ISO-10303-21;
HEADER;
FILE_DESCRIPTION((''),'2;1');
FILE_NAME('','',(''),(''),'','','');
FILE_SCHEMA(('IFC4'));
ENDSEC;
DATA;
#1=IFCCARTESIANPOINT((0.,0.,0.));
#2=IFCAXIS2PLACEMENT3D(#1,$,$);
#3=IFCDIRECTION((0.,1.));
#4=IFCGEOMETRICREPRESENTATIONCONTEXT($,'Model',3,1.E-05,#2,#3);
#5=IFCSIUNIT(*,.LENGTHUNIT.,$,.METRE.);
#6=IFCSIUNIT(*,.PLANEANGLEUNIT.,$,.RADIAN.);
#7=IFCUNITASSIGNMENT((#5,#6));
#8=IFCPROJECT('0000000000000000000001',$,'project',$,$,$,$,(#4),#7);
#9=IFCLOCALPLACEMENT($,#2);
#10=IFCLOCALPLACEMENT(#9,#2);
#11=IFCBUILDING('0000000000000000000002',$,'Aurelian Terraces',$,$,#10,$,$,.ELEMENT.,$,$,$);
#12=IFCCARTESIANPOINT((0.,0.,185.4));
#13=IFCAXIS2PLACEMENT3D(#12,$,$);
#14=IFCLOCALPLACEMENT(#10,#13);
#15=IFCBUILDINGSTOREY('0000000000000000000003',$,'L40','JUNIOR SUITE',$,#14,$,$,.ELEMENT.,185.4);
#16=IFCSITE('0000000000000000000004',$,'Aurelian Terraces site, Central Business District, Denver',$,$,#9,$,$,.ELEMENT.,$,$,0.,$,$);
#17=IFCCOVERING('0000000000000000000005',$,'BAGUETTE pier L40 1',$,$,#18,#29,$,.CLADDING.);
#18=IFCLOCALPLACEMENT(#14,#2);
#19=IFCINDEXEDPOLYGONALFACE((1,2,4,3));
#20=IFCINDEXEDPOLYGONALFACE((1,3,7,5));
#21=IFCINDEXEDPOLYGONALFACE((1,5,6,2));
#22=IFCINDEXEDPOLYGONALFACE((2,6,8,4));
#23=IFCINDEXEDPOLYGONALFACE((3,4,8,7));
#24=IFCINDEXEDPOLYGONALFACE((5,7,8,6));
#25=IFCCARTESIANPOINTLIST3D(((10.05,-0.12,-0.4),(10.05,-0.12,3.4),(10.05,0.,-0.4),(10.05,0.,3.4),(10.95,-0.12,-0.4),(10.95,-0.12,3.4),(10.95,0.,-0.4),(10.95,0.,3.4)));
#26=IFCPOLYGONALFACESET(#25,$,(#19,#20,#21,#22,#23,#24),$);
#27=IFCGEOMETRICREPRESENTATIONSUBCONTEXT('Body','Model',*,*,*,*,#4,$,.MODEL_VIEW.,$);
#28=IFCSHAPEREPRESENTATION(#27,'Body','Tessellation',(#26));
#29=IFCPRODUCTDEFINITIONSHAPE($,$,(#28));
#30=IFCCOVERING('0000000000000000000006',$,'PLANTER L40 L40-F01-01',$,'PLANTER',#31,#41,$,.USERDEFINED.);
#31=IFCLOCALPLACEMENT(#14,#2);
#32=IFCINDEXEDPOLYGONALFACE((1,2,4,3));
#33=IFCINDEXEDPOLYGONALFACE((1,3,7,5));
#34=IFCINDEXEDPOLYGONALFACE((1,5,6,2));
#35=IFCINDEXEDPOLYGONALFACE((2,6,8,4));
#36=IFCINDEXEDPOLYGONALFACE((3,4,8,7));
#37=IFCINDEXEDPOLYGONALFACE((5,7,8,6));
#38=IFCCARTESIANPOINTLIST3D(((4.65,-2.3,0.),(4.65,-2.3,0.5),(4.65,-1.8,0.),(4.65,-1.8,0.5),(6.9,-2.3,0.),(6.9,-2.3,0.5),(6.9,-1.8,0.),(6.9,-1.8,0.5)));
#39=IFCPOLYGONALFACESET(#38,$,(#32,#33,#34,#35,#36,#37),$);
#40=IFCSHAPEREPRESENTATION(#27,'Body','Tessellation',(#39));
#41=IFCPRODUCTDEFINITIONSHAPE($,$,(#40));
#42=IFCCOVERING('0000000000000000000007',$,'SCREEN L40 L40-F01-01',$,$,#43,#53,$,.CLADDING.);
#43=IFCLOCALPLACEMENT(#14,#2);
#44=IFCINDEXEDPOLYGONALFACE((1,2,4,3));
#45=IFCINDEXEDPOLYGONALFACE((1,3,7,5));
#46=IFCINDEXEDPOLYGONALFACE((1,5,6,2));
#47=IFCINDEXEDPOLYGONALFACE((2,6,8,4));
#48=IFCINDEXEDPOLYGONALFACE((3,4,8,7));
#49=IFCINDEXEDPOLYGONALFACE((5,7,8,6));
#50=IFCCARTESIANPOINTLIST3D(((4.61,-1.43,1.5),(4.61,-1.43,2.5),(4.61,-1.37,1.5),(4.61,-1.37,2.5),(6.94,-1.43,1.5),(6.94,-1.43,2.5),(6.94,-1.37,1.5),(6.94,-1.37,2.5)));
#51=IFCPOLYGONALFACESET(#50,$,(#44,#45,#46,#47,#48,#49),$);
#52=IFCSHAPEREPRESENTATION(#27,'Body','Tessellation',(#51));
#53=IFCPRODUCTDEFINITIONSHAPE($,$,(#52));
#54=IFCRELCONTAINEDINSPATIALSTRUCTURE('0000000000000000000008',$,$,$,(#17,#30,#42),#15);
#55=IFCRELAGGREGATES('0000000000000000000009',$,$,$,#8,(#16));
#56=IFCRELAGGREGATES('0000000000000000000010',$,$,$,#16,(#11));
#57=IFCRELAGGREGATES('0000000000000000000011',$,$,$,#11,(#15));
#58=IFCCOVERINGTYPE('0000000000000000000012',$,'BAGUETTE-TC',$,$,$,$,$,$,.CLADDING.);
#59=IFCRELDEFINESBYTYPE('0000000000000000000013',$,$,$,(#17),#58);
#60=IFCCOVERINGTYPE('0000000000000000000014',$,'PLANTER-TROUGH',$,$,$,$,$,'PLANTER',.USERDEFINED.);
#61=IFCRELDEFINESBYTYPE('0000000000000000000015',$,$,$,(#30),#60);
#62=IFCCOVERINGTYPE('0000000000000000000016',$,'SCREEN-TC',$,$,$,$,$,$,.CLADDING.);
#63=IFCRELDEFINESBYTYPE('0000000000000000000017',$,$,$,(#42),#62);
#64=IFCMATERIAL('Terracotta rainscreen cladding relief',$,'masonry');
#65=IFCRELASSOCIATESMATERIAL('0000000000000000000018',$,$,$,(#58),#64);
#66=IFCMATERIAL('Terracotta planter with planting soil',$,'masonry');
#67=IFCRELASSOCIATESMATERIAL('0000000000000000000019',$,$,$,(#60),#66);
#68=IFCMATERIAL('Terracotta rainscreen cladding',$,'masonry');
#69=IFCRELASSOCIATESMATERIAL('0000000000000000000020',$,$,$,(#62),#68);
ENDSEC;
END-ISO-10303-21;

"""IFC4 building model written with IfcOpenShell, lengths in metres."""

from ifc_helpers import new_model, si_unit, direction, frame, origin, origin_2d, place, context, subcontext, project, spatial, rectangle, extrude, source, transform, mapped, material, type_object, element, save


model = new_model("IFC4")

# Units and contexts
model_context = context("Model", 3, precision=1e-05, world=origin(), true_north=direction((0.0, 1.0)))
body_context = subcontext(model_context, "Body", "Model", "MODEL_VIEW")
ifc_project = project(units=[si_unit("LENGTHUNIT", "METRE"), si_unit("PLANEANGLEUNIT", "RADIAN")], contexts=[model_context])

# Site, building, storey
site_placement = place(None, origin())
site = spatial("IfcSite", under=ifc_project, at=site_placement, Name="Aurelian Terraces site, Central Business District, Denver", CompositionType="ELEMENT", RefElevation=0.0)
building_placement = place(site_placement, origin())
building = spatial("IfcBuilding", under=site, at=building_placement, Name="Aurelian Terraces", CompositionType="ELEMENT")
storey_placement = place(building_placement, frame((0.0, 0.0, 185.4)))
storey = spatial("IfcBuildingStorey", under=building, at=storey_placement, Name="L40", Description="JUNIOR SUITE", CompositionType="ELEMENT", Elevation=185.4)

# Shared definitions
ifc_material_1 = material(Name="Terracotta rainscreen cladding", Category="masonry")

# Covering
ifc_material_2 = material(Name="Terracotta rainscreen cladding relief", Category="masonry")
covering_type_1 = type_object("IfcCoveringType", Name="BAGUETTE-TC", PredefinedType="CLADDING", material=ifc_material_2)
shared_shape_1 = source(origin(), body_context, "Body", "SweptSolid", [
    extrude(rectangle(XDim=0.9, YDim=0.12, at=origin_2d()), origin(), (0.0, 0.0, 1.0), 3.8),
])
covering_1_placement = place(storey_placement, frame((10.5, -0.06, -0.4), z_axis=(0.0, 0.0, 1.0), x_axis=(1.0, 0.0, 0.0)))
element("IfcCovering", 1, at=covering_1_placement, inside=storey, type_object=covering_type_1, Name="BAGUETTE pier L40 1", PredefinedType="CLADDING", context=body_context, shape_type="MappedRepresentation", body=[
    mapped(shared_shape_1, transform((0.0, 0.0, 0.0), scale=1.0)),
])

# Coverings
ifc_material_3 = material(Name="Terracotta planter with planting soil", Category="masonry")
covering_type_2 = type_object("IfcCoveringType", Name="PLANTER-TROUGH", ElementType="PLANTER", PredefinedType="USERDEFINED", material=ifc_material_3)
shared_shape_2 = source(origin(), body_context, "Body", "SweptSolid", [
    extrude(rectangle(XDim=2.25, YDim=0.5, at=origin_2d()), origin(), (0.0, 0.0, 1.0), 0.5),
])
covering_2_placement = place(storey_placement, frame((5.775, -2.05, 0.0), z_axis=(0.0, 0.0, 1.0), x_axis=(1.0, 0.0, 0.0)))
element("IfcCovering", 2, at=covering_2_placement, inside=storey, type_object=covering_type_2, Name="PLANTER L40 L40-F01-01", ObjectType="PLANTER", PredefinedType="USERDEFINED", context=body_context, shape_type="MappedRepresentation", body=[
    mapped(shared_shape_2, transform((0.0, 0.0, 0.0), scale=1.0)),
])
covering_type_3 = type_object("IfcCoveringType", Name="SCREEN-TC", PredefinedType="CLADDING", material=ifc_material_1)
shared_shape_3 = source(origin(), body_context, "Body", "SweptSolid", [
    extrude(rectangle(XDim=2.33, YDim=0.06, at=origin_2d()), origin(), (0.0, 0.0, 1.0), 1.0),
])
covering_3_placement = place(storey_placement, frame((5.775, -1.4, 1.5), z_axis=(0.0, 0.0, 1.0), x_axis=(1.0, 0.0, 0.0)))
element("IfcCovering", 3, at=covering_3_placement, inside=storey, type_object=covering_type_3, Name="SCREEN L40 L40-F01-01", PredefinedType="CLADDING", context=body_context, shape_type="MappedRepresentation", body=[
    mapped(shared_shape_3, transform((0.0, 0.0, 0.0), scale=1.0)),
])

save(model, "model.ifc")
